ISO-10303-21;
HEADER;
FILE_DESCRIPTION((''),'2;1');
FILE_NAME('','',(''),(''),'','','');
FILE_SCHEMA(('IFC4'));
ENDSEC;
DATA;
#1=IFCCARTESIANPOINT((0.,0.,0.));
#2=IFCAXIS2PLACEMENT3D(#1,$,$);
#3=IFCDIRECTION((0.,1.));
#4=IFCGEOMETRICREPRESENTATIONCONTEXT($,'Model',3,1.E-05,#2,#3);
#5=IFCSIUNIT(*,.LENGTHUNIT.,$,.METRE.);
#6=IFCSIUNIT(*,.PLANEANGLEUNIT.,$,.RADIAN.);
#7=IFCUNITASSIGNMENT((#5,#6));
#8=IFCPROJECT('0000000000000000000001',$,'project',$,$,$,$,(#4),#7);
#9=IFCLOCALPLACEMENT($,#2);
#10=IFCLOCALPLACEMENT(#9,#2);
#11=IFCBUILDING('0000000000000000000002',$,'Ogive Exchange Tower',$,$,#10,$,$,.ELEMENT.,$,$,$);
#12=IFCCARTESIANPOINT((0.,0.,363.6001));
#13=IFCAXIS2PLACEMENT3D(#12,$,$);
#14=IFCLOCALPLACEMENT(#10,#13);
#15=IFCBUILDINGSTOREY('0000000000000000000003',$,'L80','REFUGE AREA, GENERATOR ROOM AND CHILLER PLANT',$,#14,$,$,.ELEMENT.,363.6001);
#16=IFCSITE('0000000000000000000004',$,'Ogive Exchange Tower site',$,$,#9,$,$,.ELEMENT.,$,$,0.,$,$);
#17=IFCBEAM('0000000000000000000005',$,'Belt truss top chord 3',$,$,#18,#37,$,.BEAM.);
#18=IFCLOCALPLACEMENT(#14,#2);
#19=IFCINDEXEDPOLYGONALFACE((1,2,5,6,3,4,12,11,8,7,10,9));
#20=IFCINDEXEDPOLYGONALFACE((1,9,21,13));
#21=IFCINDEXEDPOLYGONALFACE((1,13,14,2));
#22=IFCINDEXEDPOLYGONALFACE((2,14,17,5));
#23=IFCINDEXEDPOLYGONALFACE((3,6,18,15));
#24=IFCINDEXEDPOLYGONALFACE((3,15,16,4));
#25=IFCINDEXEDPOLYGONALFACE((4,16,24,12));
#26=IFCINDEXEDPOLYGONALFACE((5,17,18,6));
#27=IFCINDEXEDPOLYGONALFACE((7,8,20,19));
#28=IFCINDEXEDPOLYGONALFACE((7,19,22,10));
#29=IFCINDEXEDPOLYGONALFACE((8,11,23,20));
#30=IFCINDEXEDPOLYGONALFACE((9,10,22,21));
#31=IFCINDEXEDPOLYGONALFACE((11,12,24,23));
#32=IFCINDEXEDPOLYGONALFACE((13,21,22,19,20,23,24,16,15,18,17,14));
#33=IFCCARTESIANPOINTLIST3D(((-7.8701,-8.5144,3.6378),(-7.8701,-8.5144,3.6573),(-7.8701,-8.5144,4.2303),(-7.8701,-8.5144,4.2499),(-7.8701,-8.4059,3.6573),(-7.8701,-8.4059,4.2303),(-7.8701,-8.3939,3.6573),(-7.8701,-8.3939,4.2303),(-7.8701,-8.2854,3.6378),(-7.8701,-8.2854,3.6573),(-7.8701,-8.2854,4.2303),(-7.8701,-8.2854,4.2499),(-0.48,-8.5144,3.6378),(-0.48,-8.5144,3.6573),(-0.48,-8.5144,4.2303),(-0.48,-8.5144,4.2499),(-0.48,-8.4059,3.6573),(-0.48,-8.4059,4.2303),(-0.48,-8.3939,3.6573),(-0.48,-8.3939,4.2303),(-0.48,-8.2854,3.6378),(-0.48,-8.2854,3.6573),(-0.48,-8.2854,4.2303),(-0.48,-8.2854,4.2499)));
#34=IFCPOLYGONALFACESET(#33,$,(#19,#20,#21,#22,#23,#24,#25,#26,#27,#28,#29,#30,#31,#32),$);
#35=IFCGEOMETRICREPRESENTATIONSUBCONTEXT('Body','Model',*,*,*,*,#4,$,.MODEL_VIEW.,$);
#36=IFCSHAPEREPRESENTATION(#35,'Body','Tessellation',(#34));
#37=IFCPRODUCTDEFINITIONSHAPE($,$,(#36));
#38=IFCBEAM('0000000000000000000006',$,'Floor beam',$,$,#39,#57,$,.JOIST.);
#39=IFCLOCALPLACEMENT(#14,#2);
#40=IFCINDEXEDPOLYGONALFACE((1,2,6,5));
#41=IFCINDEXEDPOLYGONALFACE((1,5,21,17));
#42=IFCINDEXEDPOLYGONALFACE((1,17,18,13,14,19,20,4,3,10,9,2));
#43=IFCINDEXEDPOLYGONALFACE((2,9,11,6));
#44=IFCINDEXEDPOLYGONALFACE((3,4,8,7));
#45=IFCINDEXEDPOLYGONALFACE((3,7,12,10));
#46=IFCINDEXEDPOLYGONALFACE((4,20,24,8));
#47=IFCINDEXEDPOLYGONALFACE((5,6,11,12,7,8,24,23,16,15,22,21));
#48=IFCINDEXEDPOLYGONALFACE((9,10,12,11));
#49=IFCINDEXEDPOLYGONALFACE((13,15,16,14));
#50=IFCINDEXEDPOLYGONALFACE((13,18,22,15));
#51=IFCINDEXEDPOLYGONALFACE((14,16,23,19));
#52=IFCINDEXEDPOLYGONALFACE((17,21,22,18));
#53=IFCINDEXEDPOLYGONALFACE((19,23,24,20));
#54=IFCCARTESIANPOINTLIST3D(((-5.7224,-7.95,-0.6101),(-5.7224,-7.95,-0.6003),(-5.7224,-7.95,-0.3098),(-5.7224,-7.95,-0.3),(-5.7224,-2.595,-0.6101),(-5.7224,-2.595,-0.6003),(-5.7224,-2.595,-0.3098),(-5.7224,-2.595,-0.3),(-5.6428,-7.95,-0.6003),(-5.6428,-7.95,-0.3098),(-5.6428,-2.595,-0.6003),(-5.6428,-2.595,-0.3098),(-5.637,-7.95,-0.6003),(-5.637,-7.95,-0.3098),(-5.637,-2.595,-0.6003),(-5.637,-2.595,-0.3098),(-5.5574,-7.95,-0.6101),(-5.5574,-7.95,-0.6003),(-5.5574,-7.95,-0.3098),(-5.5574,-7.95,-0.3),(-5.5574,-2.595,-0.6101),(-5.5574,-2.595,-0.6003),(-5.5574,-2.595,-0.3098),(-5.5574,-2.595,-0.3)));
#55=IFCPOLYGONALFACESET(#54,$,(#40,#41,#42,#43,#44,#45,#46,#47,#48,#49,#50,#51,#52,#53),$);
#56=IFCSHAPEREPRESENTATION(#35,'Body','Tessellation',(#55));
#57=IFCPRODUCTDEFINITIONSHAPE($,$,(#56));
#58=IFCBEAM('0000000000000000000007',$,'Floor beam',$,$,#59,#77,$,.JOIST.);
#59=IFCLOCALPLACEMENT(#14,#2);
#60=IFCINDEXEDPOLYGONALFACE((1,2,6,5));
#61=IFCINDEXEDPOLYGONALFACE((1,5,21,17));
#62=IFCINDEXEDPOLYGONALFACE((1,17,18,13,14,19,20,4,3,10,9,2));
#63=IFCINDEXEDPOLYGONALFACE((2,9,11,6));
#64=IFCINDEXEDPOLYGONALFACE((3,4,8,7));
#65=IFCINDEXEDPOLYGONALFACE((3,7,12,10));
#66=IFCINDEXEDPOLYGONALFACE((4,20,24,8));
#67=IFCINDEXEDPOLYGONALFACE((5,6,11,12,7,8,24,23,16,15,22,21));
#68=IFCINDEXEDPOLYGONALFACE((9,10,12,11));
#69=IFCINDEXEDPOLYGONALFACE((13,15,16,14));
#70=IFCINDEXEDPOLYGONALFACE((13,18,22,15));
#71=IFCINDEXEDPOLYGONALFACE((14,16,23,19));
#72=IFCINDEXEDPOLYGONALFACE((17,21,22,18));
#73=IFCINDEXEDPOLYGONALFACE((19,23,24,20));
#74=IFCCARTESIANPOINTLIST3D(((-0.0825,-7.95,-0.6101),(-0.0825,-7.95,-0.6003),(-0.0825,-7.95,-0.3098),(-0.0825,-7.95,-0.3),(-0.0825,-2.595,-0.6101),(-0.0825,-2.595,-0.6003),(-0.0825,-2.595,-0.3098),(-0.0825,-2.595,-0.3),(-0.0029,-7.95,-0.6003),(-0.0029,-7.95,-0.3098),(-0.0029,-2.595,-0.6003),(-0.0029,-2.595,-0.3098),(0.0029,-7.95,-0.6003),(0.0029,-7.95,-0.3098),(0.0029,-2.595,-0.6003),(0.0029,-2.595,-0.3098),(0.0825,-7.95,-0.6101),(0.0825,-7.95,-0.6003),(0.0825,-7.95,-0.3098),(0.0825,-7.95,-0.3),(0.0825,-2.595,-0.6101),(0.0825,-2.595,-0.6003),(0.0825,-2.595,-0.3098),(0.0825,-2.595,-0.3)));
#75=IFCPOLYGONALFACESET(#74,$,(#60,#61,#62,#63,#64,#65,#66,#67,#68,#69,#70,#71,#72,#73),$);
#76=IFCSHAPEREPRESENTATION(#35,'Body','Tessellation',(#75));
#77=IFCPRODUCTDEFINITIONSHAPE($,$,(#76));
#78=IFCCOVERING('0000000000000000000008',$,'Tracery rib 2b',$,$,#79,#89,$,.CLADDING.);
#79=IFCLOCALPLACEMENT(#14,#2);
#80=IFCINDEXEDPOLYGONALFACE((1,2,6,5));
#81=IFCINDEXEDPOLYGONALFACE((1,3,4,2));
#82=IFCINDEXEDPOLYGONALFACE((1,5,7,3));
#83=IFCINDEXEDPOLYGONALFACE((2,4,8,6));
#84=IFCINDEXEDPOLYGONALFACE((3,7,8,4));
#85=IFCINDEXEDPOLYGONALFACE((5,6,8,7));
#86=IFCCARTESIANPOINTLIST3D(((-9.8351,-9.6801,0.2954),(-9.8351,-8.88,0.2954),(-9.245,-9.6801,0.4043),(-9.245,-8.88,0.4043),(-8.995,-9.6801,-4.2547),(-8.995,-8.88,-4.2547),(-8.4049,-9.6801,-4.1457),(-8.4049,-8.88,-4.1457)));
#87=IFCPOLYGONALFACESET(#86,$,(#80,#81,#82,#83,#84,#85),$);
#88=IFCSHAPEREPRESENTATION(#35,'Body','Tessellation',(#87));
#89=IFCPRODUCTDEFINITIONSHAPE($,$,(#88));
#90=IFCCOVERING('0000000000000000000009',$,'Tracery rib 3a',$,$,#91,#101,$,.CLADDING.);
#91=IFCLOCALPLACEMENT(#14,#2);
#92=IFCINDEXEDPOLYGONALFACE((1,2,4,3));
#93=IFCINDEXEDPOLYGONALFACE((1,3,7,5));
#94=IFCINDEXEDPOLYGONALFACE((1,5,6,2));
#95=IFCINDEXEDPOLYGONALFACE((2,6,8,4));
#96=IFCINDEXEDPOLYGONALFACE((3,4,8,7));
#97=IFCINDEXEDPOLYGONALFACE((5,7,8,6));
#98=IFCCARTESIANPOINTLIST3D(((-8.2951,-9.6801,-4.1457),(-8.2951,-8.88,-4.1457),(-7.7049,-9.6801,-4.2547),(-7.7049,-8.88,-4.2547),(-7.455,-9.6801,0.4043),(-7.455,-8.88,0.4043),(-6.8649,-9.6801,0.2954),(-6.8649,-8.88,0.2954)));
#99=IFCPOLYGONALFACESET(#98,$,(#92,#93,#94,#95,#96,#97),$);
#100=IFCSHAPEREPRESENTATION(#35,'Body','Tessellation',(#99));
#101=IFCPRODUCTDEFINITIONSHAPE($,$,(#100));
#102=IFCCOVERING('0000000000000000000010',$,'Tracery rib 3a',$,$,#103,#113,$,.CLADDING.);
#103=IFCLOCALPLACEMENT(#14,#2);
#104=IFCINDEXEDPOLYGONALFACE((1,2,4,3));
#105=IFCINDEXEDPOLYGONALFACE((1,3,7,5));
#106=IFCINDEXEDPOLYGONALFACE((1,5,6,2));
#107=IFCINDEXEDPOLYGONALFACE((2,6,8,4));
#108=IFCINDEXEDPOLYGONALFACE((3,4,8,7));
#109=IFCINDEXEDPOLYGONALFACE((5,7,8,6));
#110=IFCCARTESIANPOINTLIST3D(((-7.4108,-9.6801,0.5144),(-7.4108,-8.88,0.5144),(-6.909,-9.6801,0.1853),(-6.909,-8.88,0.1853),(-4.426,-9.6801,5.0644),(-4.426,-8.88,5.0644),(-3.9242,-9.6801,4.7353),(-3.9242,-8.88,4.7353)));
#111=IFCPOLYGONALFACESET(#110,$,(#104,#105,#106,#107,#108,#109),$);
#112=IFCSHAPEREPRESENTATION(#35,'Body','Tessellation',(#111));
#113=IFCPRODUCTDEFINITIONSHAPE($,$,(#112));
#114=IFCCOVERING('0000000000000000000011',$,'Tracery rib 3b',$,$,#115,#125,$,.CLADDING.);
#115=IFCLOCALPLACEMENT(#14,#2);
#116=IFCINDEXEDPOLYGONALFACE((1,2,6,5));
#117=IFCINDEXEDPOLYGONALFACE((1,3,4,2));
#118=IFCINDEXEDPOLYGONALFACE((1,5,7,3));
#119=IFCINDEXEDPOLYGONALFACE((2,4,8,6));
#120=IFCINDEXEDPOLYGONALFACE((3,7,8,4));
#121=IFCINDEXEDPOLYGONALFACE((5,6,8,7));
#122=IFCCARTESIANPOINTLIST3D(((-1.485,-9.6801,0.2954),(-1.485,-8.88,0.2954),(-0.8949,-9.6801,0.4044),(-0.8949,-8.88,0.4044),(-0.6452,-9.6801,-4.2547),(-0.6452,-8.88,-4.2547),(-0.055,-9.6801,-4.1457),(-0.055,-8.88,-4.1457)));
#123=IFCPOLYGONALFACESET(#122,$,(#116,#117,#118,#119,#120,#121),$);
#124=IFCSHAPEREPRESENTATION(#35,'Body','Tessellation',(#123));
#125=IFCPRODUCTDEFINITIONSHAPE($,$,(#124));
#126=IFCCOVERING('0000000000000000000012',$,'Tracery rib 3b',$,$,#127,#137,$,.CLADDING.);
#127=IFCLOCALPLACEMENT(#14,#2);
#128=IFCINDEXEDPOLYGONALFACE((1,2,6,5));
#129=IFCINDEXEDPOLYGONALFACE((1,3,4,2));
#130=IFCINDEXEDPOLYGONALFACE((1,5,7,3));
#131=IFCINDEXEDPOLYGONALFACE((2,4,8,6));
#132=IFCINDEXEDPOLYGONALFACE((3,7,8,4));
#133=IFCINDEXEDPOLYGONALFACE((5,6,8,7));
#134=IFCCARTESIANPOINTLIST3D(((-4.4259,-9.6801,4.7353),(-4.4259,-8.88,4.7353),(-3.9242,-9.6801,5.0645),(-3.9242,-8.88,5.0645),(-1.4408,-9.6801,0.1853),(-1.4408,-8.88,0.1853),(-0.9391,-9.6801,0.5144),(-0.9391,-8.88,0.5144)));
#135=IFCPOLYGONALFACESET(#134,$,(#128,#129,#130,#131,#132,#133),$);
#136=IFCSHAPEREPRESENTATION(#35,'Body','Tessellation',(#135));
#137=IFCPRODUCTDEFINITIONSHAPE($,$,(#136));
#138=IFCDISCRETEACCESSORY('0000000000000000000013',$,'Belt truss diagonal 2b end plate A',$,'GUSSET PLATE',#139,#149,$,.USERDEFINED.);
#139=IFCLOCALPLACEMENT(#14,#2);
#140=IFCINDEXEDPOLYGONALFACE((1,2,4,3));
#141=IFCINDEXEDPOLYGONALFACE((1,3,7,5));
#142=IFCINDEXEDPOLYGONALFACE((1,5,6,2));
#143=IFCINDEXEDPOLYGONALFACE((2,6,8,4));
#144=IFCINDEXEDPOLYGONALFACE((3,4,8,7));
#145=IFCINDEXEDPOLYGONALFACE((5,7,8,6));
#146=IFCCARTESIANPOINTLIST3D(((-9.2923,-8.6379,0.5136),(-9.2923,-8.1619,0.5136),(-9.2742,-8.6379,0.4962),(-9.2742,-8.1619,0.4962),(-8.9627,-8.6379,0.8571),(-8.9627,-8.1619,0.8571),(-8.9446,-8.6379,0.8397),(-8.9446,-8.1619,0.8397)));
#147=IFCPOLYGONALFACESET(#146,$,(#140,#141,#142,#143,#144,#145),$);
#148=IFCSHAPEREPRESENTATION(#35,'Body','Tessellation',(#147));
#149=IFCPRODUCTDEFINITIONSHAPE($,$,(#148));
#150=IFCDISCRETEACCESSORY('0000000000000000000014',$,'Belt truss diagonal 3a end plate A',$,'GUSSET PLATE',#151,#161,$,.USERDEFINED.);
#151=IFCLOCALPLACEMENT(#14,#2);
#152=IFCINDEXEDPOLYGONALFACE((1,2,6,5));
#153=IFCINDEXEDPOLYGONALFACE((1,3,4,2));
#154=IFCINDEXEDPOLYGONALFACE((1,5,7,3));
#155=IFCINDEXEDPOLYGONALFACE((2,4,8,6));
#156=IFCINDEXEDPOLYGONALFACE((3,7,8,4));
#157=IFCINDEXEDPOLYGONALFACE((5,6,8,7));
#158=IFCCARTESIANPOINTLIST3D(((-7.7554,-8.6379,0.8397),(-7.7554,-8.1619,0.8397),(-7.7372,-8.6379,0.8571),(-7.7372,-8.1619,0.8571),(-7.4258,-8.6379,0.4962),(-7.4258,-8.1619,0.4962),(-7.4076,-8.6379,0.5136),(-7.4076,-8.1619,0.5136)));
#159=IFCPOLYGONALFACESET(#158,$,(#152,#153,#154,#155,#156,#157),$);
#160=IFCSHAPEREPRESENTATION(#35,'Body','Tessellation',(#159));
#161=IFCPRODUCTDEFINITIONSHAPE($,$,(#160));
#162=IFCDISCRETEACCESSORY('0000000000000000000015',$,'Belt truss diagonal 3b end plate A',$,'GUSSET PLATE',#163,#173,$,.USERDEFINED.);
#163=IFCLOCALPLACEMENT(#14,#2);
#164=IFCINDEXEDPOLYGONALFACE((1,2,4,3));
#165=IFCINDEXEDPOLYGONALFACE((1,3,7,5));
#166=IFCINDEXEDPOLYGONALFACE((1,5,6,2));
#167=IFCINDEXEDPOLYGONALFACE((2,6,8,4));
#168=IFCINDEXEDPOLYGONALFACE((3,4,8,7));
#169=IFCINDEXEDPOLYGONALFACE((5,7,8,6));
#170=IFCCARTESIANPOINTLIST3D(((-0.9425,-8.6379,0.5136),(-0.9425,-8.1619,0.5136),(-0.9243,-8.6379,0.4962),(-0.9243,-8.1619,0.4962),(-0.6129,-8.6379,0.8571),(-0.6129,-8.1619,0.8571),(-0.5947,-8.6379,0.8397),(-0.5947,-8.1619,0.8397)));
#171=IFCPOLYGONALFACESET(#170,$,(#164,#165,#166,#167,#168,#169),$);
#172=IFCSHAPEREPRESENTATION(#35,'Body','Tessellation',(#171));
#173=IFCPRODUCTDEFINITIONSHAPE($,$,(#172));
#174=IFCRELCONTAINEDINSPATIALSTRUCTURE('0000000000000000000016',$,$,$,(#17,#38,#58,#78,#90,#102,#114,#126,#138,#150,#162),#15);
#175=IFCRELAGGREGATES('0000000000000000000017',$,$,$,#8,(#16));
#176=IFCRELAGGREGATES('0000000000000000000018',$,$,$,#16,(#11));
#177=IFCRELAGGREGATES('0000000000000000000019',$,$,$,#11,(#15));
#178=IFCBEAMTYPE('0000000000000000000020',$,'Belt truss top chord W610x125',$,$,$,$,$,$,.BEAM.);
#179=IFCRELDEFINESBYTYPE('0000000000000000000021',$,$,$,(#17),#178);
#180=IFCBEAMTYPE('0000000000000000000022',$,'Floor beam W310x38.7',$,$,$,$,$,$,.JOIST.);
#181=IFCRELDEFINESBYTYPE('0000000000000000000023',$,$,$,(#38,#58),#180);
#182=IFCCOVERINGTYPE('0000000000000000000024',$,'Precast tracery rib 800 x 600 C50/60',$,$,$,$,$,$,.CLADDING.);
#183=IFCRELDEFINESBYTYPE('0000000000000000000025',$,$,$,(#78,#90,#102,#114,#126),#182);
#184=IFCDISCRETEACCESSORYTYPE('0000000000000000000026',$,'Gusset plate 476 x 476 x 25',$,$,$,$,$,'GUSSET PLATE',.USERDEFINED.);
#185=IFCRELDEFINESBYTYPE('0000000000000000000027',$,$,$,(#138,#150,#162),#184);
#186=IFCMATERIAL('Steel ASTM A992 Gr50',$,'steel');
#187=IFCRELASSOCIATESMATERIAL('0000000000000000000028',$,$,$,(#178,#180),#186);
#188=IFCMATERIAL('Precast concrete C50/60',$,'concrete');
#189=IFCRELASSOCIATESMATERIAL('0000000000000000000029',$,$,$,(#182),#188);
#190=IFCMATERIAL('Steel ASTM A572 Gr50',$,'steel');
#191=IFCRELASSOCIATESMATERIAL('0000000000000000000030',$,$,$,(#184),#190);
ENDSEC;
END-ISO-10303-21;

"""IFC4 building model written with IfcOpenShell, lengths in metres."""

from ifc_helpers import new_model, si_unit, direction, frame, origin, origin_2d, place, context, subcontext, project, spatial, rectangle, i_section, extrude, material, material_profile, profile_set, type_object, element, save


model = new_model("IFC4")

# Units and contexts
model_context = context("Model", 3, precision=1e-05, world=origin(), true_north=direction((0.0, 1.0)))
body_context = subcontext(model_context, "Body", "Model", "MODEL_VIEW")
ifc_project = project(units=[si_unit("LENGTHUNIT", "METRE"), si_unit("PLANEANGLEUNIT", "RADIAN")], contexts=[model_context])

# Site, building, storey
site_placement = place(None, origin())
site = spatial("IfcSite", under=ifc_project, at=site_placement, Name="Ogive Exchange Tower site", CompositionType="ELEMENT", RefElevation=0.0)
building_placement = place(site_placement, origin())
building = spatial("IfcBuilding", under=site, at=building_placement, Name="Ogive Exchange Tower", CompositionType="ELEMENT")
storey_placement = place(building_placement, frame((0.0, 0.0, 363.6001)))
storey = spatial("IfcBuildingStorey", under=building, at=storey_placement, Name="L80", Description="REFUGE AREA, GENERATOR ROOM AND CHILLER PLANT", CompositionType="ELEMENT", Elevation=363.6001)

# Shared definitions
ifc_material_1 = material(Name="Steel ASTM A992 Gr50", Category="steel")

# Beams
ifc_material_profile_1 = material_profile(ifc_material_1, i_section(OverallWidth=0.229, OverallDepth=0.6121, WebThickness=0.012, FlangeThickness=0.0195, at=origin_2d()), Name="W610x125")
ifc_profile_set_1 = profile_set([ifc_material_profile_1], Name="Steel ASTM A992 Gr50")
beam_type_1 = type_object("IfcBeamType", Name="Belt truss top chord W610x125", PredefinedType="BEAM", material=ifc_profile_set_1)
beam_1_placement = place(storey_placement, frame((-7.8701, -8.3999, 3.9438), z_axis=(1.0, 0.0, 0.0), x_axis=(0.0, 1.0, 0.0)))
element("IfcBeam", 1, at=beam_1_placement, inside=storey, type_object=beam_type_1, Name="Belt truss top chord 3", PredefinedType="BEAM", context=body_context, shape_type="SweptSolid", body=[
    extrude(i_section(OverallWidth=0.229, OverallDepth=0.6121, WebThickness=0.012, FlangeThickness=0.0195, at=origin_2d()), origin(), (0.0, 0.0, 1.0), 7.3901),
])
ifc_material_profile_2 = material_profile(ifc_material_1, i_section(OverallWidth=0.165, OverallDepth=0.3101, WebThickness=0.0059, FlangeThickness=0.0098, at=origin_2d()), Name="W310x38.7")
ifc_profile_set_2 = profile_set([ifc_material_profile_2], Name="Steel ASTM A992 Gr50")
beam_type_2 = type_object("IfcBeamType", Name="Floor beam W310x38.7", PredefinedType="JOIST", material=ifc_profile_set_2)
for number, where, z_axis, x_axis, name in (
    (2, (-5.6399, -7.95, -0.4551), (0.0, 1.0, 0.0), (-1.0, 0.0, 0.0), "Floor beam"),
    (3, (0.0, -7.95, -0.4551), (0.0, 1.0, 0.0), (-1.0, 0.0, 0.0), "Floor beam"),
):
    element("IfcBeam", number, at=place(storey_placement, frame(where, z_axis=z_axis, x_axis=x_axis)), inside=storey, type_object=beam_type_2, Name=name, PredefinedType="JOIST", context=body_context, shape_type="SweptSolid", body=[
        extrude(i_section(OverallWidth=0.165, OverallDepth=0.3101, WebThickness=0.0059, FlangeThickness=0.0098, at=origin_2d()), origin(), (0.0, 0.0, 1.0), 5.355),
    ])

# Coverings
ifc_material_2 = material(Name="Precast concrete C50/60", Category="concrete")
ifc_material_profile_3 = material_profile(ifc_material_2, rectangle(XDim=0.8, YDim=0.6001, at=origin_2d()), Name="RIB 800 x 600")
ifc_profile_set_3 = profile_set([ifc_material_profile_3], Name="Precast concrete C50/60")
covering_type = type_object("IfcCoveringType", Name="Precast tracery rib 800 x 600 C50/60", PredefinedType="CLADDING", material=ifc_profile_set_3)
for number, where, z_axis, x_axis, name in (
    (4, (-8.7, -9.28, -4.2002), (-0.181564, 0.0, 0.983379), (0.0, -1.0, 0.0), "Tracery rib 2b"),
    (5, (-8.0, -9.28, -4.2002), (0.181564, 0.0, 0.983379), (0.0, 1.0, 0.0), "Tracery rib 3a"),
):
    element("IfcCovering", number, at=place(storey_placement, frame(where, z_axis=z_axis, x_axis=x_axis)), inside=storey, type_object=covering_type, Name=name, PredefinedType="CLADDING", context=body_context, shape_type="SweptSolid", body=[
        extrude(rectangle(XDim=0.8, YDim=0.6001, at=origin_2d()), origin(), (0.0, 0.0, 1.0), 4.627),
    ])
covering_1_placement = place(storey_placement, frame((-7.1599, -9.28, 0.3499), z_axis=(0.548514, 0.0, 0.836141), x_axis=(0.0, 1.0, 0.0)))
element("IfcCovering", 6, at=covering_1_placement, inside=storey, type_object=covering_type, Name="Tracery rib 3a", PredefinedType="CLADDING", context=body_context, shape_type="SweptSolid", body=[
    extrude(rectangle(XDim=0.8, YDim=0.6001, at=origin_2d()), origin(), (0.0, 0.0, 1.0), 5.4417),
])
covering_2_placement = place(storey_placement, frame((-0.3501, -9.28, -4.2002), z_axis=(-0.181513, 0.0, 0.983389), x_axis=(0.0, -1.0, 0.0)))
element("IfcCovering", 7, at=covering_2_placement, inside=storey, type_object=covering_type, Name="Tracery rib 3b", PredefinedType="CLADDING", context=body_context, shape_type="SweptSolid", body=[
    extrude(rectangle(XDim=0.8, YDim=0.6001, at=origin_2d()), origin(), (0.0, 0.0, 1.0), 4.627),
])
covering_3_placement = place(storey_placement, frame((-1.1899, -9.28, 0.3499), z_axis=(-0.548546, 0.0, 0.836121), x_axis=(0.0, -1.0, 0.0)))
element("IfcCovering", 8, at=covering_3_placement, inside=storey, type_object=covering_type, Name="Tracery rib 3b", PredefinedType="CLADDING", context=body_context, shape_type="SweptSolid", body=[
    extrude(rectangle(XDim=0.8, YDim=0.6001, at=origin_2d()), origin(), (0.0, 0.0, 1.0), 5.4419),
])

# Discrete accessories
ifc_material_3 = material(Name="Steel ASTM A572 Gr50", Category="steel")
ifc_material_profile_4 = material_profile(ifc_material_3, rectangle(XDim=0.4761, YDim=0.4761, at=origin_2d()), Name="PL 476 x 476 x 25")
ifc_profile_set_4 = profile_set([ifc_material_profile_4], Name="Steel ASTM A572 Gr50")
discrete_accessory_type = type_object("IfcDiscreteAccessoryType", Name="Gusset plate 476 x 476 x 25", ElementType="GUSSET PLATE", PredefinedType="USERDEFINED", material=ifc_profile_set_4)
for number, where, z_axis, x_axis, name in (
    (9, (-9.1094, -8.3999, 0.668), (-0.721582, 0.0, 0.692329), (0.0, -1.0, 0.0), "Belt truss diagonal 2b end plate A"),
    (10, (-7.5906, -8.3999, 0.668), (0.721582, 0.0, 0.692329), (0.0, 1.0, 0.0), "Belt truss diagonal 3a end plate A"),
    (11, (-0.7595, -8.3999, 0.668), (-0.721582, 0.0, 0.692329), (0.0, -1.0, 0.0), "Belt truss diagonal 3b end plate A"),
):
    element("IfcDiscreteAccessory", number, at=place(storey_placement, frame(where, z_axis=z_axis, x_axis=x_axis)), inside=storey, type_object=discrete_accessory_type, Name=name, ObjectType="GUSSET PLATE", PredefinedType="USERDEFINED", context=body_context, shape_type="SweptSolid", body=[
        extrude(rectangle(XDim=0.4761, YDim=0.4761, at=origin_2d()), origin(), (0.0, 0.0, 1.0), 0.0251),
    ])

save(model, "model.ifc")
